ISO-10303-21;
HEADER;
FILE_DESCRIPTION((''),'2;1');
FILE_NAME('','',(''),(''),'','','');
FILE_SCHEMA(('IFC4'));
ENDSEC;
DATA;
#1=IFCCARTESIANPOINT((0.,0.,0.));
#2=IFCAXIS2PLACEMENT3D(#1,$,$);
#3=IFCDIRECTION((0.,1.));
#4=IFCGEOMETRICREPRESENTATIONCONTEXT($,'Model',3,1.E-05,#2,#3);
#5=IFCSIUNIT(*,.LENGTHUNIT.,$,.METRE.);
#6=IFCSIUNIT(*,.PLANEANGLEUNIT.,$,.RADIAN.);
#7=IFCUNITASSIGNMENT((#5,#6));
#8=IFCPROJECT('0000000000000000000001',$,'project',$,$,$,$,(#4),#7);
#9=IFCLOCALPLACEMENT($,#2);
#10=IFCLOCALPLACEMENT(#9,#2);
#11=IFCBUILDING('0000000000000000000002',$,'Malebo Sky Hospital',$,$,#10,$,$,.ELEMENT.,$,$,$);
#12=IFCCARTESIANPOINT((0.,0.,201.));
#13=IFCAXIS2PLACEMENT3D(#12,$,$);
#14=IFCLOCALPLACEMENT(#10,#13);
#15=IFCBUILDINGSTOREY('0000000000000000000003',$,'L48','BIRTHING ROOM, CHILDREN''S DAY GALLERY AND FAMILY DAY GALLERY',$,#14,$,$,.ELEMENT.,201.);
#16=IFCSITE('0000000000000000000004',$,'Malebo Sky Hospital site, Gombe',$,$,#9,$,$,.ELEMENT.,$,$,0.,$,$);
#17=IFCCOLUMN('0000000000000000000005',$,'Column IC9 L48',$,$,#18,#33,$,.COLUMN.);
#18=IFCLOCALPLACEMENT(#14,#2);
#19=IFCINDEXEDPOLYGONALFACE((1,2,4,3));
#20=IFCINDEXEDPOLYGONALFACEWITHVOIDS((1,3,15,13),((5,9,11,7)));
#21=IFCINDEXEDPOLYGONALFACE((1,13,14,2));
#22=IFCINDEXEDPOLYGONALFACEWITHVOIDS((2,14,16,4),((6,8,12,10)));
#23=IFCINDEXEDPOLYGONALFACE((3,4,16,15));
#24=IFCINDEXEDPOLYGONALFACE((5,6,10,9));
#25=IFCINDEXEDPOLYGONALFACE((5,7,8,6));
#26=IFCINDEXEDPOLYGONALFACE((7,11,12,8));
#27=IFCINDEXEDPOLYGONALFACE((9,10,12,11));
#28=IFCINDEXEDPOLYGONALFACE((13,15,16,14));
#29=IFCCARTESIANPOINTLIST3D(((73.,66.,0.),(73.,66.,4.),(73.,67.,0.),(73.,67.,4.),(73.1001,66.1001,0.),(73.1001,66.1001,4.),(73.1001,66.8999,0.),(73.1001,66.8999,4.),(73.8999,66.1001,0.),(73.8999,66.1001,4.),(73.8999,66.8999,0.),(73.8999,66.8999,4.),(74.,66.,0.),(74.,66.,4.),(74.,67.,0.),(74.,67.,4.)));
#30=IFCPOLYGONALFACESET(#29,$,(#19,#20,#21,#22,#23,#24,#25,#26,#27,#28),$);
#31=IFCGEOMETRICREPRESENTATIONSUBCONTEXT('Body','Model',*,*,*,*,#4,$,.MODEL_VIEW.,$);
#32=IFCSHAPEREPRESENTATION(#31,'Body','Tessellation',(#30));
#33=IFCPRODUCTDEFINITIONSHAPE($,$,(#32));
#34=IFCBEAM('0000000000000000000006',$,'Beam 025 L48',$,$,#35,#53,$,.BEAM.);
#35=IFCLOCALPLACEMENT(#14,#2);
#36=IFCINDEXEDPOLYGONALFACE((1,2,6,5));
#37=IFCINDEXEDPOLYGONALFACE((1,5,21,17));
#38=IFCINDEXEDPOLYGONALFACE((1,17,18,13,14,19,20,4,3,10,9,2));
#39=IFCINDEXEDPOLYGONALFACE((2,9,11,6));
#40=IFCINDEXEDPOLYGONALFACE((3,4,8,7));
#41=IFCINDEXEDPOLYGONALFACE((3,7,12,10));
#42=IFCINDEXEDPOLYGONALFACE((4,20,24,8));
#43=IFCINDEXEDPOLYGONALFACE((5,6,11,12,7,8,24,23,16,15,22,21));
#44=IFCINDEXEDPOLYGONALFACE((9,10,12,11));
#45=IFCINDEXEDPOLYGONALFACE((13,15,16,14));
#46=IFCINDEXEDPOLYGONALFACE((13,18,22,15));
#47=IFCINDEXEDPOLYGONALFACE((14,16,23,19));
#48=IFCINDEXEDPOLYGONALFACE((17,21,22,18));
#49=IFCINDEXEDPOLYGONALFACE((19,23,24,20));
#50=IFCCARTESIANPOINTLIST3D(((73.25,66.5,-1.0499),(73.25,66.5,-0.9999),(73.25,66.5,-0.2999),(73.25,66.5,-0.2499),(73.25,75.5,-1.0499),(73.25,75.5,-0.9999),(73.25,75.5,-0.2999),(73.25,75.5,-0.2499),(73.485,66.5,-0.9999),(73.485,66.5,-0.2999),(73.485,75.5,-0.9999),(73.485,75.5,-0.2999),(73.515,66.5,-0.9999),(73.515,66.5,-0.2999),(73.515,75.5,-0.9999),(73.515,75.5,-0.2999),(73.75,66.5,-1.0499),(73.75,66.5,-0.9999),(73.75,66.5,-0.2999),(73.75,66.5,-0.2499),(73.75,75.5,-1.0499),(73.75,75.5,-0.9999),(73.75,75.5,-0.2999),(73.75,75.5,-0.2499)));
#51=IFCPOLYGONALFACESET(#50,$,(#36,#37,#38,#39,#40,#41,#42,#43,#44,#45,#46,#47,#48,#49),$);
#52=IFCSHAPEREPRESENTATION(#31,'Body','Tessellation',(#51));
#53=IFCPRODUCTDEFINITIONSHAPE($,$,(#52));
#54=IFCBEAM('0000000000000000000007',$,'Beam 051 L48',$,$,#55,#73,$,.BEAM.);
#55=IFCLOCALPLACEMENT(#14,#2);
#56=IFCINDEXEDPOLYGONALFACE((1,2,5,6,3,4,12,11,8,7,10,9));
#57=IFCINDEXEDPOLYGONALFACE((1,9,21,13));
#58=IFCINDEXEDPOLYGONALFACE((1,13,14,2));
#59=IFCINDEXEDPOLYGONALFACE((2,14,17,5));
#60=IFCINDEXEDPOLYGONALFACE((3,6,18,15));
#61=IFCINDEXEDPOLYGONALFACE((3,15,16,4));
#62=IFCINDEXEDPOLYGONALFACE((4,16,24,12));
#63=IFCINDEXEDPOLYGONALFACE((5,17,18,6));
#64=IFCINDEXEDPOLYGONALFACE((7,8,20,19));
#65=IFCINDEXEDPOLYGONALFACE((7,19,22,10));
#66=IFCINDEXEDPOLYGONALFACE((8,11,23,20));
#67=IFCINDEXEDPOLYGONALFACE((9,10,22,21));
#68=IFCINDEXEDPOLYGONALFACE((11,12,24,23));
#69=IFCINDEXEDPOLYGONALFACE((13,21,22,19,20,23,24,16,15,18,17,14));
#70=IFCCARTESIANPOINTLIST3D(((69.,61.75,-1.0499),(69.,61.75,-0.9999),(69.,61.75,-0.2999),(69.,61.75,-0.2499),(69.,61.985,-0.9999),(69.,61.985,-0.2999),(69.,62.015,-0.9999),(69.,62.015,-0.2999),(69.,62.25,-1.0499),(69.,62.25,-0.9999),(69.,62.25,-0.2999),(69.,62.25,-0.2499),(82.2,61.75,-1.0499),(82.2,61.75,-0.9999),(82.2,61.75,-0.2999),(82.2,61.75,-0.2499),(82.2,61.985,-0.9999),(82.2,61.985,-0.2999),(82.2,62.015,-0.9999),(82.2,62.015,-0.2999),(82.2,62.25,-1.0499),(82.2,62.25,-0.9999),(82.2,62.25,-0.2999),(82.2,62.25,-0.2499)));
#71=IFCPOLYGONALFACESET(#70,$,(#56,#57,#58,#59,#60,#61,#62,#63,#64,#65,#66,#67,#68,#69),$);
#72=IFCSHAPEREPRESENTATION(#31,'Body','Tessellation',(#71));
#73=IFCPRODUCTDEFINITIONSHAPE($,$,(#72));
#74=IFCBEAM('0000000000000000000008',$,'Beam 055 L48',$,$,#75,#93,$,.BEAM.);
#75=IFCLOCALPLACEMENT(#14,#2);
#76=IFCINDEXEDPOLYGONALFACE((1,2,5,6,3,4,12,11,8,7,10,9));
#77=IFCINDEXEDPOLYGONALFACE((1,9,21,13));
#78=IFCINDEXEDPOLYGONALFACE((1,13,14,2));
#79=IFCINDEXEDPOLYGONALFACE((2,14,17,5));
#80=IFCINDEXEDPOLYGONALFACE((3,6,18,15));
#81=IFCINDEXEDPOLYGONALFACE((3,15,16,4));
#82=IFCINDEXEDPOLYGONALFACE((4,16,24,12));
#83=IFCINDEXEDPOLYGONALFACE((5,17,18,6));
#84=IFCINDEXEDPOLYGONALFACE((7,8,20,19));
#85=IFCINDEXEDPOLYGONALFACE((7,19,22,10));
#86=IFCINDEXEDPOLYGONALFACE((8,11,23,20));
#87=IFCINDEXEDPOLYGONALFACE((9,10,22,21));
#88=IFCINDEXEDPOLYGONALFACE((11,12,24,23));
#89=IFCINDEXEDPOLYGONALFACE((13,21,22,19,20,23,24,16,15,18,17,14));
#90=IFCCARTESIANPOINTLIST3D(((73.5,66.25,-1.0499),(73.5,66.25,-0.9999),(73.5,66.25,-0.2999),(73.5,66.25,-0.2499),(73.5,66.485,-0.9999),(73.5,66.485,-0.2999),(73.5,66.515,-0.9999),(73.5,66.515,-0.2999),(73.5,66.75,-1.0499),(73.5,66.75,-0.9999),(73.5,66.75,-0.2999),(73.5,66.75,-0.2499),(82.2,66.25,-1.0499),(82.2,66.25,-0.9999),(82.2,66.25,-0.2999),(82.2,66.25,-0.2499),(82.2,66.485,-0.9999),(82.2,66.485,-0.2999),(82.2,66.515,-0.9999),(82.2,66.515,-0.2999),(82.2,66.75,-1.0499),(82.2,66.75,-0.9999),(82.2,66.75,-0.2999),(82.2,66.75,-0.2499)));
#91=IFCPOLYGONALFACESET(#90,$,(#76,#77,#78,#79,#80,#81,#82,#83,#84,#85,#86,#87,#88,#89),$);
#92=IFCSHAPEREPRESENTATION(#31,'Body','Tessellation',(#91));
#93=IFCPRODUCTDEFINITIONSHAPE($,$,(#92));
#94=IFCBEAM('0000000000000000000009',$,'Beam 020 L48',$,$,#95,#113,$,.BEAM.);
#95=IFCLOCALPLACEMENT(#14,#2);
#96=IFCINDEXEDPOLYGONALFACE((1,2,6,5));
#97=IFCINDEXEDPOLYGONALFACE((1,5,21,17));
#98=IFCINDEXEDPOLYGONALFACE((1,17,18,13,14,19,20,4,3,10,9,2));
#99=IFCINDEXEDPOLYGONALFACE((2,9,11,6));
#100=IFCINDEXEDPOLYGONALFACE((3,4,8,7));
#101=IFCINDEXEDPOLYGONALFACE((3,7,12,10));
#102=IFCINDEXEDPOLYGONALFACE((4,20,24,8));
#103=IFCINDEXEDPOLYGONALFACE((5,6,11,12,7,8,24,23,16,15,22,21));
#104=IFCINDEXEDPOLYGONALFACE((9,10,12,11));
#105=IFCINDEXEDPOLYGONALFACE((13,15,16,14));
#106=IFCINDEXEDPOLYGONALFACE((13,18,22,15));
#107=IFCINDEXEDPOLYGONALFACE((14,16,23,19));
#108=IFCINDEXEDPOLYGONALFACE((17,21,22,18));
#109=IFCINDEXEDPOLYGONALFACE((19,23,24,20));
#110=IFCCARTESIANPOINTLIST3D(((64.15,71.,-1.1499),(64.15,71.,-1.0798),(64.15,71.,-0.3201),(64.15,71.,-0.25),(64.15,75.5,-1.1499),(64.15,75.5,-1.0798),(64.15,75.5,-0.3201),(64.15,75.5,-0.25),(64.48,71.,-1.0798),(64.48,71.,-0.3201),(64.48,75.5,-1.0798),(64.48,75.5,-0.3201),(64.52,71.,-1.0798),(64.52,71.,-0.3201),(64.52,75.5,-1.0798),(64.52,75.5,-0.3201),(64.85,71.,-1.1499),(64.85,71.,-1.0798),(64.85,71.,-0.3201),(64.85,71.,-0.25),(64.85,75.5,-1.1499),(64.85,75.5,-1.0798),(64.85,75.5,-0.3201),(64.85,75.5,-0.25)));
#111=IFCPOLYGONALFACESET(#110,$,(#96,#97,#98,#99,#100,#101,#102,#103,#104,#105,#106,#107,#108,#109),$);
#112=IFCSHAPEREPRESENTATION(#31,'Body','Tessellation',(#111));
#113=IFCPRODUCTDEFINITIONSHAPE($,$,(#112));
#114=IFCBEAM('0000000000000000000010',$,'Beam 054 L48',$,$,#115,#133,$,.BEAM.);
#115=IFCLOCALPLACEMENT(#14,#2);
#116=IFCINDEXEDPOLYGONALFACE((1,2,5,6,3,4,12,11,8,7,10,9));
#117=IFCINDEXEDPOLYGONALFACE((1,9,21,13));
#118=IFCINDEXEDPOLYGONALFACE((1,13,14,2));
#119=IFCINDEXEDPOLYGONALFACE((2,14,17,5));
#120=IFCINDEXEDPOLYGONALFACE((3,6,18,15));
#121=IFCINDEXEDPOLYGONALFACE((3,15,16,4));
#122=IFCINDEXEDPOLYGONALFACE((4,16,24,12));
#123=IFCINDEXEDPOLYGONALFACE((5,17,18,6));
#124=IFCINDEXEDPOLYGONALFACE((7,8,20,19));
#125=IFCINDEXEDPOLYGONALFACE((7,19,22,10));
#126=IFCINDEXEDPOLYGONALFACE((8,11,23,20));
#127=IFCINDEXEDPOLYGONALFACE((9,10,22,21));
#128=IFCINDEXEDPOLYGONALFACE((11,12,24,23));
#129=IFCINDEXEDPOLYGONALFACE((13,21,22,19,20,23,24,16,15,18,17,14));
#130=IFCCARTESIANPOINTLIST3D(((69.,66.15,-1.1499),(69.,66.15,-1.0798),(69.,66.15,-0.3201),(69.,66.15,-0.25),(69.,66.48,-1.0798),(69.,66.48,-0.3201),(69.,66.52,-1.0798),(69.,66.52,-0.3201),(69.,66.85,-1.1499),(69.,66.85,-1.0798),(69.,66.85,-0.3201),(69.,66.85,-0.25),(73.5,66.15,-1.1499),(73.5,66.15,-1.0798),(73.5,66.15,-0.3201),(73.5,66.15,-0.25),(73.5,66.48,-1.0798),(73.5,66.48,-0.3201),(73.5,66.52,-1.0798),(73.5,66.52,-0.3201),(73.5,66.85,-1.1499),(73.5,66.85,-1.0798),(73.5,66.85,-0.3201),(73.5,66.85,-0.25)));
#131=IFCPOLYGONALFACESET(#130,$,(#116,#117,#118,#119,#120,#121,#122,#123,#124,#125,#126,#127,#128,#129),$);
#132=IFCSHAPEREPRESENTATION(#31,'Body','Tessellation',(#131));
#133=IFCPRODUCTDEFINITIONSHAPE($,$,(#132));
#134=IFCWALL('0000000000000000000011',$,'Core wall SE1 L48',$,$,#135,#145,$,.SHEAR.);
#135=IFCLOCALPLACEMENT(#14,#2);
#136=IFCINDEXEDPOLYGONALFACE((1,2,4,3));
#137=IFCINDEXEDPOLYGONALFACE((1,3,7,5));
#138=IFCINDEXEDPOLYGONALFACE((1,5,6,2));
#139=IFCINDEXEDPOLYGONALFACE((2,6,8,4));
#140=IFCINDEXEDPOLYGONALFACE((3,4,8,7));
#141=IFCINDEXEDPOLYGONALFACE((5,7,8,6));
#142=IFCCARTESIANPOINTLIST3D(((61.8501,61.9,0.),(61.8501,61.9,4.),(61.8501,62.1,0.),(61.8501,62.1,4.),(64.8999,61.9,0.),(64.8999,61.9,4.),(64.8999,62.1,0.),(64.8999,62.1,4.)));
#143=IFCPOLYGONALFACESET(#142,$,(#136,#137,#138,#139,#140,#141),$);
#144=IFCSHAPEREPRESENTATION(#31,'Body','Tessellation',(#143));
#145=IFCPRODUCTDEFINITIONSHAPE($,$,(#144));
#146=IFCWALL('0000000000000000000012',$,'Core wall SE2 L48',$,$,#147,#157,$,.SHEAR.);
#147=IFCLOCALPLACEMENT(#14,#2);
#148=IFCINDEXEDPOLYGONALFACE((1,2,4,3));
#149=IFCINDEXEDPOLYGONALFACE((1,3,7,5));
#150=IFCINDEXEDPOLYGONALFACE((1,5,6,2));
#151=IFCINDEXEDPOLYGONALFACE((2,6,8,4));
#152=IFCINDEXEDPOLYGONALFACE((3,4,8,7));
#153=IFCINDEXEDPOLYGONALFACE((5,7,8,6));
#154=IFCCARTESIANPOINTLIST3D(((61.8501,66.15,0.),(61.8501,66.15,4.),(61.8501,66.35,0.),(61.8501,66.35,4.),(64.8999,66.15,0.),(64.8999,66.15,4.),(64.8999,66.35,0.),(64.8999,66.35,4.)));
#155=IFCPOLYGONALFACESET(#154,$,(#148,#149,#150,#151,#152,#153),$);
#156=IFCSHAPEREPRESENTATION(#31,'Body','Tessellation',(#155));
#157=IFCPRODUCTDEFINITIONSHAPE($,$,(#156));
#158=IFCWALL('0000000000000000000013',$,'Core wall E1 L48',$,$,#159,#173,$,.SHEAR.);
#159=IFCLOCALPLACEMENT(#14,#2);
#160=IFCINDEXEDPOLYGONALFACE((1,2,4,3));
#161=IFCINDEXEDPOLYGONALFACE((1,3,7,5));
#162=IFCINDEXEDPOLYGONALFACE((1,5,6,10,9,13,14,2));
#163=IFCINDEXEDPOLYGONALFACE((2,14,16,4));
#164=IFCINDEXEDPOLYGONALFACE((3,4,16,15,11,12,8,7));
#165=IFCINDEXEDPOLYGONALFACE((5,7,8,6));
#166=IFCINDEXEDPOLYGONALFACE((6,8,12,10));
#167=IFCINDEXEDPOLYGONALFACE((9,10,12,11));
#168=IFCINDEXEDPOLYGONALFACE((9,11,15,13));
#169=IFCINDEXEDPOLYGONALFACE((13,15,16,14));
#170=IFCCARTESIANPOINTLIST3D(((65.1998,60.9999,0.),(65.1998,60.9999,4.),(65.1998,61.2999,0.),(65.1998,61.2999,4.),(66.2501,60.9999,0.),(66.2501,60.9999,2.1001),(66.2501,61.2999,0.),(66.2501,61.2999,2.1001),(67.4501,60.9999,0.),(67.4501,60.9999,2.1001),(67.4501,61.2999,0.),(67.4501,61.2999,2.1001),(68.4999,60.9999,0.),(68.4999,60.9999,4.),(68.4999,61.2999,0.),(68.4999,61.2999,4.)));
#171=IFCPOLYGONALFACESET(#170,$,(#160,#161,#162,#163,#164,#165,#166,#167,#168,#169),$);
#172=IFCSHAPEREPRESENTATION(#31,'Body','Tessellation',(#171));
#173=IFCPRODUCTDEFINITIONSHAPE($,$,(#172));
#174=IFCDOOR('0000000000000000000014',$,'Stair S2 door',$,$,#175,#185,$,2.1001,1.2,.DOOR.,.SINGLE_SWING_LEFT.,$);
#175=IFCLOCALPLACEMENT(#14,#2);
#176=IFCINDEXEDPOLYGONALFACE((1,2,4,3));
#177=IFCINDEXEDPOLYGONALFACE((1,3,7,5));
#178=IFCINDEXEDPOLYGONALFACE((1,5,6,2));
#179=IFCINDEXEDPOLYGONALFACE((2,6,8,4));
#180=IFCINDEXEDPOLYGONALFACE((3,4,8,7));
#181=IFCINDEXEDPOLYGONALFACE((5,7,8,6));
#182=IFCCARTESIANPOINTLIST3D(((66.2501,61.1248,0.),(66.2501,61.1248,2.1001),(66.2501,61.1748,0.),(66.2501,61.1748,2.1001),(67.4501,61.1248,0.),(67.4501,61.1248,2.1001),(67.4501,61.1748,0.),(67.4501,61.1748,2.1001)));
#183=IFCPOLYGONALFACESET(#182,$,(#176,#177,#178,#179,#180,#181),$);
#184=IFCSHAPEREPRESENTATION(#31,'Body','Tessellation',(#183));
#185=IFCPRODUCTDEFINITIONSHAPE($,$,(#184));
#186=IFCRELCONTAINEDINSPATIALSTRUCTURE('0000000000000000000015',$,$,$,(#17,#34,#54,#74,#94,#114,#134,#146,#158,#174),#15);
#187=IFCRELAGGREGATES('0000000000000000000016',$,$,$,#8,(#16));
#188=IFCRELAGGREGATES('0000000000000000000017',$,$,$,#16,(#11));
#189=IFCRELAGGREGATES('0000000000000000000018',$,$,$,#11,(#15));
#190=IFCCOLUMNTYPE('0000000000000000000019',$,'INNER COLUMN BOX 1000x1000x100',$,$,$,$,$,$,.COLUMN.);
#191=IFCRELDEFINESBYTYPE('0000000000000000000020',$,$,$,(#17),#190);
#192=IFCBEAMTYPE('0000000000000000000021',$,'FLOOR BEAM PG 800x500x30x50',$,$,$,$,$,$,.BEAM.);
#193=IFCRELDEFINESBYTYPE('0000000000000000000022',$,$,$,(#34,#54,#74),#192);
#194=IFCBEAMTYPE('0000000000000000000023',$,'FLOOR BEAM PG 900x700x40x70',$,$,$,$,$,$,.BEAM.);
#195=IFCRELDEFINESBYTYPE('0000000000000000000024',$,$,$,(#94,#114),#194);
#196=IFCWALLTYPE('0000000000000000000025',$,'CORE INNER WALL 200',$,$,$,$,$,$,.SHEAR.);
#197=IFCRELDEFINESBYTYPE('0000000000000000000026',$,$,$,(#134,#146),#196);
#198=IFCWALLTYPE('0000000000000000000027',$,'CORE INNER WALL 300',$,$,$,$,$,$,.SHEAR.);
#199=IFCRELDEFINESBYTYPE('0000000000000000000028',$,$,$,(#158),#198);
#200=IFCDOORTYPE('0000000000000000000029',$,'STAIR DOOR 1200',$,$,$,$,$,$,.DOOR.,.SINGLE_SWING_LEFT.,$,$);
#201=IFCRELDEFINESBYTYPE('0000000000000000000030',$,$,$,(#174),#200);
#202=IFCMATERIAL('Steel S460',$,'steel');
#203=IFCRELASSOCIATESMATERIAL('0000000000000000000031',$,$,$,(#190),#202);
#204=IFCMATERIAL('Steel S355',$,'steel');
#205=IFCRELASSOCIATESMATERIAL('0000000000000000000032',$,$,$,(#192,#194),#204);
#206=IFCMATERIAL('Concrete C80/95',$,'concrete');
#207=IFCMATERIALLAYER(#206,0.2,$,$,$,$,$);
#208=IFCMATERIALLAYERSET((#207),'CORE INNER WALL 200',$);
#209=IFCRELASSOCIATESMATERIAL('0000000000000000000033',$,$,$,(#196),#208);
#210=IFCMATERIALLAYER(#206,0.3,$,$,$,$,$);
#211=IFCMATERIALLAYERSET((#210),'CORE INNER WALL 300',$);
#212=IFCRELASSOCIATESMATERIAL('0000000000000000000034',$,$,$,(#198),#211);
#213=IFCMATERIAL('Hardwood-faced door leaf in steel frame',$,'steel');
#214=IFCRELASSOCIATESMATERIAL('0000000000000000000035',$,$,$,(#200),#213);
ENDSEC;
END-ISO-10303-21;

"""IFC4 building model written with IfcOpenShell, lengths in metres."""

from ifc_helpers import new_model, si_unit, direction, frame, frame_2d, origin, origin_2d, place, context, subcontext, project, spatial, rectangle, hollow_rectangle, i_section, extrude, material, layer, layer_set, material_profile, profile_set, type_object, element, fill, save


model = new_model("IFC4")

# Units and contexts
model_context = context("Model", 3, precision=1e-05, world=origin(), true_north=direction((0.0, 1.0)))
body_context = subcontext(model_context, "Body", "Model", "MODEL_VIEW")
ifc_project = project(units=[si_unit("LENGTHUNIT", "METRE"), si_unit("PLANEANGLEUNIT", "RADIAN")], contexts=[model_context])

# Site, building, storey
site_placement = place(None, origin())
site = spatial("IfcSite", under=ifc_project, at=site_placement, Name="Malebo Sky Hospital site, Gombe", CompositionType="ELEMENT", RefElevation=0.0)
building_placement = place(site_placement, origin())
building = spatial("IfcBuilding", under=site, at=building_placement, Name="Malebo Sky Hospital", CompositionType="ELEMENT")
storey_placement = place(building_placement, frame((0.0, 0.0, 201.0)))
storey = spatial("IfcBuildingStorey", under=building, at=storey_placement, Name="L48", Description="BIRTHING ROOM, CHILDREN'S DAY GALLERY AND FAMILY DAY GALLERY", CompositionType="ELEMENT", Elevation=201.0)

# Column
ifc_material_1 = material(Name="Steel S460", Category="steel")
ifc_material_profile_1 = material_profile(ifc_material_1, hollow_rectangle(XDim=1.0, YDim=1.0, WallThickness=0.1001, at=origin_2d()), Name="BOX 1000x1000x100")
ifc_profile_set_1 = profile_set([ifc_material_profile_1], Name="Steel S460")
column_type = type_object("IfcColumnType", Name="INNER COLUMN BOX 1000x1000x100", PredefinedType="COLUMN", material=ifc_profile_set_1)
column_placement = place(storey_placement, frame((73.5, 66.5, 0.0), z_axis=(0.0, 0.0, 1.0), x_axis=(1.0, 0.0, 0.0)))
element("IfcColumn", 1, at=column_placement, inside=storey, type_object=column_type, Name="Column IC9 L48", PredefinedType="COLUMN", context=body_context, shape_type="SweptSolid", body=[
    extrude(hollow_rectangle(XDim=1.0, YDim=1.0, WallThickness=0.1001, at=origin_2d()), origin(), (0.0, 0.0, 1.0), 4.0),
])

# Beams
ifc_material_2 = material(Name="Steel S355", Category="steel")
ifc_material_profile_2 = material_profile(ifc_material_2, i_section(OverallWidth=0.5, OverallDepth=0.8, WebThickness=0.03, FlangeThickness=0.05, at=origin_2d()), Name="PG 800x500x30x50")
ifc_profile_set_2 = profile_set([ifc_material_profile_2], Name="Steel S355")
beam_type_1 = type_object("IfcBeamType", Name="FLOOR BEAM PG 800x500x30x50", PredefinedType="BEAM", material=ifc_profile_set_2)
beam_1_placement = place(storey_placement, frame((73.5, 66.5, -0.6499), z_axis=(0.0, 1.0, 0.0), x_axis=(-1.0, 0.0, 0.0)))
element("IfcBeam", 2, at=beam_1_placement, inside=storey, type_object=beam_type_1, Name="Beam 025 L48", PredefinedType="BEAM", context=body_context, shape_type="SweptSolid", body=[
    extrude(i_section(OverallWidth=0.5, OverallDepth=0.8, WebThickness=0.03, FlangeThickness=0.05, at=origin_2d()), origin(), (0.0, 0.0, 1.0), 9.0),
])
beam_2_placement = place(storey_placement, frame((69.0, 62.0, -0.6499), z_axis=(1.0, 0.0, 0.0), x_axis=(0.0, 1.0, 0.0)))
element("IfcBeam", 3, at=beam_2_placement, inside=storey, type_object=beam_type_1, Name="Beam 051 L48", PredefinedType="BEAM", context=body_context, shape_type="SweptSolid", body=[
    extrude(i_section(OverallWidth=0.5, OverallDepth=0.8, WebThickness=0.03, FlangeThickness=0.05, at=origin_2d()), origin(), (0.0, 0.0, 1.0), 13.2),
])
beam_3_placement = place(storey_placement, frame((73.5, 66.5, -0.6499), z_axis=(1.0, 0.0, 0.0), x_axis=(0.0, 1.0, 0.0)))
element("IfcBeam", 4, at=beam_3_placement, inside=storey, type_object=beam_type_1, Name="Beam 055 L48", PredefinedType="BEAM", context=body_context, shape_type="SweptSolid", body=[
    extrude(i_section(OverallWidth=0.5, OverallDepth=0.8, WebThickness=0.03, FlangeThickness=0.05, at=origin_2d()), origin(), (0.0, 0.0, 1.0), 8.7),
])
ifc_material_profile_3 = material_profile(ifc_material_2, i_section(OverallWidth=0.7, OverallDepth=0.8999, WebThickness=0.04, FlangeThickness=0.0701, at=origin_2d()), Name="PG 900x700x40x70")
ifc_profile_set_3 = profile_set([ifc_material_profile_3], Name="Steel S355")
beam_type_2 = type_object("IfcBeamType", Name="FLOOR BEAM PG 900x700x40x70", PredefinedType="BEAM", material=ifc_profile_set_3)
for number, where, z_axis, x_axis, name in (
    (5, (64.5, 71.0, -0.7), (0.0, 1.0, 0.0), (-1.0, 0.0, 0.0), "Beam 020 L48"),
    (6, (69.0, 66.5, -0.7), (1.0, 0.0, 0.0), (0.0, 1.0, 0.0), "Beam 054 L48"),
):
    element("IfcBeam", number, at=place(storey_placement, frame(where, z_axis=z_axis, x_axis=x_axis)), inside=storey, type_object=beam_type_2, Name=name, PredefinedType="BEAM", context=body_context, shape_type="SweptSolid", body=[
        extrude(i_section(OverallWidth=0.7, OverallDepth=0.8999, WebThickness=0.04, FlangeThickness=0.0701, at=origin_2d()), origin(), (0.0, 0.0, 1.0), 4.5),
    ])

# Walls
ifc_material_3 = material(Name="Concrete C80/95", Category="concrete")
ifc_layer_1 = layer(ifc_material_3, 0.2)
ifc_layer_set_1 = layer_set([ifc_layer_1], Name="CORE INNER WALL 200")
wall_type_1 = type_object("IfcWallType", Name="CORE INNER WALL 200", PredefinedType="SHEAR", material=ifc_layer_set_1)
for number, where, z_axis, x_axis, name in (
    (7, (61.8501, 62.0, 0.0), (0.0, 0.0, 1.0), (1.0, 0.0, 0.0), "Core wall SE1 L48"),
    (8, (61.8501, 66.25, 0.0), (0.0, 0.0, 1.0), (1.0, 0.0, 0.0), "Core wall SE2 L48"),
):
    element("IfcWall", number, at=place(storey_placement, frame(where, z_axis=z_axis, x_axis=x_axis)), inside=storey, type_object=wall_type_1, Name=name, PredefinedType="SHEAR", context=body_context, shape_type="SweptSolid", body=[
        extrude(rectangle(XDim=3.0498, YDim=0.2, at=frame_2d((1.5249, 0.0))), origin(), (0.0, 0.0, 1.0), 4.0),
    ])

# Wall, opening, door
ifc_layer_2 = layer(ifc_material_3, 0.3)
ifc_layer_set_2 = layer_set([ifc_layer_2], Name="CORE INNER WALL 300")
wall_type_2 = type_object("IfcWallType", Name="CORE INNER WALL 300", PredefinedType="SHEAR", material=ifc_layer_set_2)
wall_1_placement = place(storey_placement, frame((65.2, 61.1499, 0.0), z_axis=(0.0, 0.0, 1.0), x_axis=(1.0, 0.0, 0.0)))
wall_1 = element("IfcWall", 9, at=wall_1_placement, inside=storey, type_object=wall_type_2, Name="Core wall E1 L48", PredefinedType="SHEAR", context=body_context, shape_type="SweptSolid", body=[
    extrude(rectangle(XDim=3.3, YDim=0.3, at=frame_2d((1.6499, 0.0))), origin(), (0.0, 0.0, 1.0), 4.0),
])
opening_1_placement = place(wall_1_placement, frame((1.05, 0.0, 0.0)))
opening_1 = element("IfcOpeningElement", 10, at=opening_1_placement, cuts=wall_1, PredefinedType="OPENING", context=body_context, shape_type="SweptSolid", body=[
    extrude(rectangle(XDim=1.2, YDim=2.1001, at=frame_2d((0.6001, 1.05))), frame((0.0, 0.1599, 0.0), z_axis=(0.0, -1.0, 0.0), x_axis=(1.0, 0.0, 0.0)), (0.0, 0.0, 1.0), 0.3201),
])
ifc_material_4 = material(Name="Hardwood-faced door leaf in steel frame", Category="steel")
door_type_1 = type_object("IfcDoorType", Name="STAIR DOOR 1200", OperationType="SINGLE_SWING_LEFT", PredefinedType="DOOR", material=ifc_material_4)
door_1_placement = place(opening_1_placement, origin())
door_1 = element("IfcDoor", 11, at=door_1_placement, inside=storey, type_object=door_type_1, Name="Stair S2 door", OperationType="SINGLE_SWING_LEFT", OverallHeight=2.1001, OverallWidth=1.2, PredefinedType="DOOR", context=body_context, shape_type="SweptSolid", body=[
    extrude(rectangle(XDim=1.2, YDim=2.1001, at=frame_2d((0.6001, 1.05))), frame((0.0, 0.0249, 0.0), z_axis=(0.0, -1.0, 0.0), x_axis=(1.0, 0.0, 0.0)), (0.0, 0.0, 1.0), 0.05),
])
fill(opening_1, door_1)

save(model, "model.ifc")
